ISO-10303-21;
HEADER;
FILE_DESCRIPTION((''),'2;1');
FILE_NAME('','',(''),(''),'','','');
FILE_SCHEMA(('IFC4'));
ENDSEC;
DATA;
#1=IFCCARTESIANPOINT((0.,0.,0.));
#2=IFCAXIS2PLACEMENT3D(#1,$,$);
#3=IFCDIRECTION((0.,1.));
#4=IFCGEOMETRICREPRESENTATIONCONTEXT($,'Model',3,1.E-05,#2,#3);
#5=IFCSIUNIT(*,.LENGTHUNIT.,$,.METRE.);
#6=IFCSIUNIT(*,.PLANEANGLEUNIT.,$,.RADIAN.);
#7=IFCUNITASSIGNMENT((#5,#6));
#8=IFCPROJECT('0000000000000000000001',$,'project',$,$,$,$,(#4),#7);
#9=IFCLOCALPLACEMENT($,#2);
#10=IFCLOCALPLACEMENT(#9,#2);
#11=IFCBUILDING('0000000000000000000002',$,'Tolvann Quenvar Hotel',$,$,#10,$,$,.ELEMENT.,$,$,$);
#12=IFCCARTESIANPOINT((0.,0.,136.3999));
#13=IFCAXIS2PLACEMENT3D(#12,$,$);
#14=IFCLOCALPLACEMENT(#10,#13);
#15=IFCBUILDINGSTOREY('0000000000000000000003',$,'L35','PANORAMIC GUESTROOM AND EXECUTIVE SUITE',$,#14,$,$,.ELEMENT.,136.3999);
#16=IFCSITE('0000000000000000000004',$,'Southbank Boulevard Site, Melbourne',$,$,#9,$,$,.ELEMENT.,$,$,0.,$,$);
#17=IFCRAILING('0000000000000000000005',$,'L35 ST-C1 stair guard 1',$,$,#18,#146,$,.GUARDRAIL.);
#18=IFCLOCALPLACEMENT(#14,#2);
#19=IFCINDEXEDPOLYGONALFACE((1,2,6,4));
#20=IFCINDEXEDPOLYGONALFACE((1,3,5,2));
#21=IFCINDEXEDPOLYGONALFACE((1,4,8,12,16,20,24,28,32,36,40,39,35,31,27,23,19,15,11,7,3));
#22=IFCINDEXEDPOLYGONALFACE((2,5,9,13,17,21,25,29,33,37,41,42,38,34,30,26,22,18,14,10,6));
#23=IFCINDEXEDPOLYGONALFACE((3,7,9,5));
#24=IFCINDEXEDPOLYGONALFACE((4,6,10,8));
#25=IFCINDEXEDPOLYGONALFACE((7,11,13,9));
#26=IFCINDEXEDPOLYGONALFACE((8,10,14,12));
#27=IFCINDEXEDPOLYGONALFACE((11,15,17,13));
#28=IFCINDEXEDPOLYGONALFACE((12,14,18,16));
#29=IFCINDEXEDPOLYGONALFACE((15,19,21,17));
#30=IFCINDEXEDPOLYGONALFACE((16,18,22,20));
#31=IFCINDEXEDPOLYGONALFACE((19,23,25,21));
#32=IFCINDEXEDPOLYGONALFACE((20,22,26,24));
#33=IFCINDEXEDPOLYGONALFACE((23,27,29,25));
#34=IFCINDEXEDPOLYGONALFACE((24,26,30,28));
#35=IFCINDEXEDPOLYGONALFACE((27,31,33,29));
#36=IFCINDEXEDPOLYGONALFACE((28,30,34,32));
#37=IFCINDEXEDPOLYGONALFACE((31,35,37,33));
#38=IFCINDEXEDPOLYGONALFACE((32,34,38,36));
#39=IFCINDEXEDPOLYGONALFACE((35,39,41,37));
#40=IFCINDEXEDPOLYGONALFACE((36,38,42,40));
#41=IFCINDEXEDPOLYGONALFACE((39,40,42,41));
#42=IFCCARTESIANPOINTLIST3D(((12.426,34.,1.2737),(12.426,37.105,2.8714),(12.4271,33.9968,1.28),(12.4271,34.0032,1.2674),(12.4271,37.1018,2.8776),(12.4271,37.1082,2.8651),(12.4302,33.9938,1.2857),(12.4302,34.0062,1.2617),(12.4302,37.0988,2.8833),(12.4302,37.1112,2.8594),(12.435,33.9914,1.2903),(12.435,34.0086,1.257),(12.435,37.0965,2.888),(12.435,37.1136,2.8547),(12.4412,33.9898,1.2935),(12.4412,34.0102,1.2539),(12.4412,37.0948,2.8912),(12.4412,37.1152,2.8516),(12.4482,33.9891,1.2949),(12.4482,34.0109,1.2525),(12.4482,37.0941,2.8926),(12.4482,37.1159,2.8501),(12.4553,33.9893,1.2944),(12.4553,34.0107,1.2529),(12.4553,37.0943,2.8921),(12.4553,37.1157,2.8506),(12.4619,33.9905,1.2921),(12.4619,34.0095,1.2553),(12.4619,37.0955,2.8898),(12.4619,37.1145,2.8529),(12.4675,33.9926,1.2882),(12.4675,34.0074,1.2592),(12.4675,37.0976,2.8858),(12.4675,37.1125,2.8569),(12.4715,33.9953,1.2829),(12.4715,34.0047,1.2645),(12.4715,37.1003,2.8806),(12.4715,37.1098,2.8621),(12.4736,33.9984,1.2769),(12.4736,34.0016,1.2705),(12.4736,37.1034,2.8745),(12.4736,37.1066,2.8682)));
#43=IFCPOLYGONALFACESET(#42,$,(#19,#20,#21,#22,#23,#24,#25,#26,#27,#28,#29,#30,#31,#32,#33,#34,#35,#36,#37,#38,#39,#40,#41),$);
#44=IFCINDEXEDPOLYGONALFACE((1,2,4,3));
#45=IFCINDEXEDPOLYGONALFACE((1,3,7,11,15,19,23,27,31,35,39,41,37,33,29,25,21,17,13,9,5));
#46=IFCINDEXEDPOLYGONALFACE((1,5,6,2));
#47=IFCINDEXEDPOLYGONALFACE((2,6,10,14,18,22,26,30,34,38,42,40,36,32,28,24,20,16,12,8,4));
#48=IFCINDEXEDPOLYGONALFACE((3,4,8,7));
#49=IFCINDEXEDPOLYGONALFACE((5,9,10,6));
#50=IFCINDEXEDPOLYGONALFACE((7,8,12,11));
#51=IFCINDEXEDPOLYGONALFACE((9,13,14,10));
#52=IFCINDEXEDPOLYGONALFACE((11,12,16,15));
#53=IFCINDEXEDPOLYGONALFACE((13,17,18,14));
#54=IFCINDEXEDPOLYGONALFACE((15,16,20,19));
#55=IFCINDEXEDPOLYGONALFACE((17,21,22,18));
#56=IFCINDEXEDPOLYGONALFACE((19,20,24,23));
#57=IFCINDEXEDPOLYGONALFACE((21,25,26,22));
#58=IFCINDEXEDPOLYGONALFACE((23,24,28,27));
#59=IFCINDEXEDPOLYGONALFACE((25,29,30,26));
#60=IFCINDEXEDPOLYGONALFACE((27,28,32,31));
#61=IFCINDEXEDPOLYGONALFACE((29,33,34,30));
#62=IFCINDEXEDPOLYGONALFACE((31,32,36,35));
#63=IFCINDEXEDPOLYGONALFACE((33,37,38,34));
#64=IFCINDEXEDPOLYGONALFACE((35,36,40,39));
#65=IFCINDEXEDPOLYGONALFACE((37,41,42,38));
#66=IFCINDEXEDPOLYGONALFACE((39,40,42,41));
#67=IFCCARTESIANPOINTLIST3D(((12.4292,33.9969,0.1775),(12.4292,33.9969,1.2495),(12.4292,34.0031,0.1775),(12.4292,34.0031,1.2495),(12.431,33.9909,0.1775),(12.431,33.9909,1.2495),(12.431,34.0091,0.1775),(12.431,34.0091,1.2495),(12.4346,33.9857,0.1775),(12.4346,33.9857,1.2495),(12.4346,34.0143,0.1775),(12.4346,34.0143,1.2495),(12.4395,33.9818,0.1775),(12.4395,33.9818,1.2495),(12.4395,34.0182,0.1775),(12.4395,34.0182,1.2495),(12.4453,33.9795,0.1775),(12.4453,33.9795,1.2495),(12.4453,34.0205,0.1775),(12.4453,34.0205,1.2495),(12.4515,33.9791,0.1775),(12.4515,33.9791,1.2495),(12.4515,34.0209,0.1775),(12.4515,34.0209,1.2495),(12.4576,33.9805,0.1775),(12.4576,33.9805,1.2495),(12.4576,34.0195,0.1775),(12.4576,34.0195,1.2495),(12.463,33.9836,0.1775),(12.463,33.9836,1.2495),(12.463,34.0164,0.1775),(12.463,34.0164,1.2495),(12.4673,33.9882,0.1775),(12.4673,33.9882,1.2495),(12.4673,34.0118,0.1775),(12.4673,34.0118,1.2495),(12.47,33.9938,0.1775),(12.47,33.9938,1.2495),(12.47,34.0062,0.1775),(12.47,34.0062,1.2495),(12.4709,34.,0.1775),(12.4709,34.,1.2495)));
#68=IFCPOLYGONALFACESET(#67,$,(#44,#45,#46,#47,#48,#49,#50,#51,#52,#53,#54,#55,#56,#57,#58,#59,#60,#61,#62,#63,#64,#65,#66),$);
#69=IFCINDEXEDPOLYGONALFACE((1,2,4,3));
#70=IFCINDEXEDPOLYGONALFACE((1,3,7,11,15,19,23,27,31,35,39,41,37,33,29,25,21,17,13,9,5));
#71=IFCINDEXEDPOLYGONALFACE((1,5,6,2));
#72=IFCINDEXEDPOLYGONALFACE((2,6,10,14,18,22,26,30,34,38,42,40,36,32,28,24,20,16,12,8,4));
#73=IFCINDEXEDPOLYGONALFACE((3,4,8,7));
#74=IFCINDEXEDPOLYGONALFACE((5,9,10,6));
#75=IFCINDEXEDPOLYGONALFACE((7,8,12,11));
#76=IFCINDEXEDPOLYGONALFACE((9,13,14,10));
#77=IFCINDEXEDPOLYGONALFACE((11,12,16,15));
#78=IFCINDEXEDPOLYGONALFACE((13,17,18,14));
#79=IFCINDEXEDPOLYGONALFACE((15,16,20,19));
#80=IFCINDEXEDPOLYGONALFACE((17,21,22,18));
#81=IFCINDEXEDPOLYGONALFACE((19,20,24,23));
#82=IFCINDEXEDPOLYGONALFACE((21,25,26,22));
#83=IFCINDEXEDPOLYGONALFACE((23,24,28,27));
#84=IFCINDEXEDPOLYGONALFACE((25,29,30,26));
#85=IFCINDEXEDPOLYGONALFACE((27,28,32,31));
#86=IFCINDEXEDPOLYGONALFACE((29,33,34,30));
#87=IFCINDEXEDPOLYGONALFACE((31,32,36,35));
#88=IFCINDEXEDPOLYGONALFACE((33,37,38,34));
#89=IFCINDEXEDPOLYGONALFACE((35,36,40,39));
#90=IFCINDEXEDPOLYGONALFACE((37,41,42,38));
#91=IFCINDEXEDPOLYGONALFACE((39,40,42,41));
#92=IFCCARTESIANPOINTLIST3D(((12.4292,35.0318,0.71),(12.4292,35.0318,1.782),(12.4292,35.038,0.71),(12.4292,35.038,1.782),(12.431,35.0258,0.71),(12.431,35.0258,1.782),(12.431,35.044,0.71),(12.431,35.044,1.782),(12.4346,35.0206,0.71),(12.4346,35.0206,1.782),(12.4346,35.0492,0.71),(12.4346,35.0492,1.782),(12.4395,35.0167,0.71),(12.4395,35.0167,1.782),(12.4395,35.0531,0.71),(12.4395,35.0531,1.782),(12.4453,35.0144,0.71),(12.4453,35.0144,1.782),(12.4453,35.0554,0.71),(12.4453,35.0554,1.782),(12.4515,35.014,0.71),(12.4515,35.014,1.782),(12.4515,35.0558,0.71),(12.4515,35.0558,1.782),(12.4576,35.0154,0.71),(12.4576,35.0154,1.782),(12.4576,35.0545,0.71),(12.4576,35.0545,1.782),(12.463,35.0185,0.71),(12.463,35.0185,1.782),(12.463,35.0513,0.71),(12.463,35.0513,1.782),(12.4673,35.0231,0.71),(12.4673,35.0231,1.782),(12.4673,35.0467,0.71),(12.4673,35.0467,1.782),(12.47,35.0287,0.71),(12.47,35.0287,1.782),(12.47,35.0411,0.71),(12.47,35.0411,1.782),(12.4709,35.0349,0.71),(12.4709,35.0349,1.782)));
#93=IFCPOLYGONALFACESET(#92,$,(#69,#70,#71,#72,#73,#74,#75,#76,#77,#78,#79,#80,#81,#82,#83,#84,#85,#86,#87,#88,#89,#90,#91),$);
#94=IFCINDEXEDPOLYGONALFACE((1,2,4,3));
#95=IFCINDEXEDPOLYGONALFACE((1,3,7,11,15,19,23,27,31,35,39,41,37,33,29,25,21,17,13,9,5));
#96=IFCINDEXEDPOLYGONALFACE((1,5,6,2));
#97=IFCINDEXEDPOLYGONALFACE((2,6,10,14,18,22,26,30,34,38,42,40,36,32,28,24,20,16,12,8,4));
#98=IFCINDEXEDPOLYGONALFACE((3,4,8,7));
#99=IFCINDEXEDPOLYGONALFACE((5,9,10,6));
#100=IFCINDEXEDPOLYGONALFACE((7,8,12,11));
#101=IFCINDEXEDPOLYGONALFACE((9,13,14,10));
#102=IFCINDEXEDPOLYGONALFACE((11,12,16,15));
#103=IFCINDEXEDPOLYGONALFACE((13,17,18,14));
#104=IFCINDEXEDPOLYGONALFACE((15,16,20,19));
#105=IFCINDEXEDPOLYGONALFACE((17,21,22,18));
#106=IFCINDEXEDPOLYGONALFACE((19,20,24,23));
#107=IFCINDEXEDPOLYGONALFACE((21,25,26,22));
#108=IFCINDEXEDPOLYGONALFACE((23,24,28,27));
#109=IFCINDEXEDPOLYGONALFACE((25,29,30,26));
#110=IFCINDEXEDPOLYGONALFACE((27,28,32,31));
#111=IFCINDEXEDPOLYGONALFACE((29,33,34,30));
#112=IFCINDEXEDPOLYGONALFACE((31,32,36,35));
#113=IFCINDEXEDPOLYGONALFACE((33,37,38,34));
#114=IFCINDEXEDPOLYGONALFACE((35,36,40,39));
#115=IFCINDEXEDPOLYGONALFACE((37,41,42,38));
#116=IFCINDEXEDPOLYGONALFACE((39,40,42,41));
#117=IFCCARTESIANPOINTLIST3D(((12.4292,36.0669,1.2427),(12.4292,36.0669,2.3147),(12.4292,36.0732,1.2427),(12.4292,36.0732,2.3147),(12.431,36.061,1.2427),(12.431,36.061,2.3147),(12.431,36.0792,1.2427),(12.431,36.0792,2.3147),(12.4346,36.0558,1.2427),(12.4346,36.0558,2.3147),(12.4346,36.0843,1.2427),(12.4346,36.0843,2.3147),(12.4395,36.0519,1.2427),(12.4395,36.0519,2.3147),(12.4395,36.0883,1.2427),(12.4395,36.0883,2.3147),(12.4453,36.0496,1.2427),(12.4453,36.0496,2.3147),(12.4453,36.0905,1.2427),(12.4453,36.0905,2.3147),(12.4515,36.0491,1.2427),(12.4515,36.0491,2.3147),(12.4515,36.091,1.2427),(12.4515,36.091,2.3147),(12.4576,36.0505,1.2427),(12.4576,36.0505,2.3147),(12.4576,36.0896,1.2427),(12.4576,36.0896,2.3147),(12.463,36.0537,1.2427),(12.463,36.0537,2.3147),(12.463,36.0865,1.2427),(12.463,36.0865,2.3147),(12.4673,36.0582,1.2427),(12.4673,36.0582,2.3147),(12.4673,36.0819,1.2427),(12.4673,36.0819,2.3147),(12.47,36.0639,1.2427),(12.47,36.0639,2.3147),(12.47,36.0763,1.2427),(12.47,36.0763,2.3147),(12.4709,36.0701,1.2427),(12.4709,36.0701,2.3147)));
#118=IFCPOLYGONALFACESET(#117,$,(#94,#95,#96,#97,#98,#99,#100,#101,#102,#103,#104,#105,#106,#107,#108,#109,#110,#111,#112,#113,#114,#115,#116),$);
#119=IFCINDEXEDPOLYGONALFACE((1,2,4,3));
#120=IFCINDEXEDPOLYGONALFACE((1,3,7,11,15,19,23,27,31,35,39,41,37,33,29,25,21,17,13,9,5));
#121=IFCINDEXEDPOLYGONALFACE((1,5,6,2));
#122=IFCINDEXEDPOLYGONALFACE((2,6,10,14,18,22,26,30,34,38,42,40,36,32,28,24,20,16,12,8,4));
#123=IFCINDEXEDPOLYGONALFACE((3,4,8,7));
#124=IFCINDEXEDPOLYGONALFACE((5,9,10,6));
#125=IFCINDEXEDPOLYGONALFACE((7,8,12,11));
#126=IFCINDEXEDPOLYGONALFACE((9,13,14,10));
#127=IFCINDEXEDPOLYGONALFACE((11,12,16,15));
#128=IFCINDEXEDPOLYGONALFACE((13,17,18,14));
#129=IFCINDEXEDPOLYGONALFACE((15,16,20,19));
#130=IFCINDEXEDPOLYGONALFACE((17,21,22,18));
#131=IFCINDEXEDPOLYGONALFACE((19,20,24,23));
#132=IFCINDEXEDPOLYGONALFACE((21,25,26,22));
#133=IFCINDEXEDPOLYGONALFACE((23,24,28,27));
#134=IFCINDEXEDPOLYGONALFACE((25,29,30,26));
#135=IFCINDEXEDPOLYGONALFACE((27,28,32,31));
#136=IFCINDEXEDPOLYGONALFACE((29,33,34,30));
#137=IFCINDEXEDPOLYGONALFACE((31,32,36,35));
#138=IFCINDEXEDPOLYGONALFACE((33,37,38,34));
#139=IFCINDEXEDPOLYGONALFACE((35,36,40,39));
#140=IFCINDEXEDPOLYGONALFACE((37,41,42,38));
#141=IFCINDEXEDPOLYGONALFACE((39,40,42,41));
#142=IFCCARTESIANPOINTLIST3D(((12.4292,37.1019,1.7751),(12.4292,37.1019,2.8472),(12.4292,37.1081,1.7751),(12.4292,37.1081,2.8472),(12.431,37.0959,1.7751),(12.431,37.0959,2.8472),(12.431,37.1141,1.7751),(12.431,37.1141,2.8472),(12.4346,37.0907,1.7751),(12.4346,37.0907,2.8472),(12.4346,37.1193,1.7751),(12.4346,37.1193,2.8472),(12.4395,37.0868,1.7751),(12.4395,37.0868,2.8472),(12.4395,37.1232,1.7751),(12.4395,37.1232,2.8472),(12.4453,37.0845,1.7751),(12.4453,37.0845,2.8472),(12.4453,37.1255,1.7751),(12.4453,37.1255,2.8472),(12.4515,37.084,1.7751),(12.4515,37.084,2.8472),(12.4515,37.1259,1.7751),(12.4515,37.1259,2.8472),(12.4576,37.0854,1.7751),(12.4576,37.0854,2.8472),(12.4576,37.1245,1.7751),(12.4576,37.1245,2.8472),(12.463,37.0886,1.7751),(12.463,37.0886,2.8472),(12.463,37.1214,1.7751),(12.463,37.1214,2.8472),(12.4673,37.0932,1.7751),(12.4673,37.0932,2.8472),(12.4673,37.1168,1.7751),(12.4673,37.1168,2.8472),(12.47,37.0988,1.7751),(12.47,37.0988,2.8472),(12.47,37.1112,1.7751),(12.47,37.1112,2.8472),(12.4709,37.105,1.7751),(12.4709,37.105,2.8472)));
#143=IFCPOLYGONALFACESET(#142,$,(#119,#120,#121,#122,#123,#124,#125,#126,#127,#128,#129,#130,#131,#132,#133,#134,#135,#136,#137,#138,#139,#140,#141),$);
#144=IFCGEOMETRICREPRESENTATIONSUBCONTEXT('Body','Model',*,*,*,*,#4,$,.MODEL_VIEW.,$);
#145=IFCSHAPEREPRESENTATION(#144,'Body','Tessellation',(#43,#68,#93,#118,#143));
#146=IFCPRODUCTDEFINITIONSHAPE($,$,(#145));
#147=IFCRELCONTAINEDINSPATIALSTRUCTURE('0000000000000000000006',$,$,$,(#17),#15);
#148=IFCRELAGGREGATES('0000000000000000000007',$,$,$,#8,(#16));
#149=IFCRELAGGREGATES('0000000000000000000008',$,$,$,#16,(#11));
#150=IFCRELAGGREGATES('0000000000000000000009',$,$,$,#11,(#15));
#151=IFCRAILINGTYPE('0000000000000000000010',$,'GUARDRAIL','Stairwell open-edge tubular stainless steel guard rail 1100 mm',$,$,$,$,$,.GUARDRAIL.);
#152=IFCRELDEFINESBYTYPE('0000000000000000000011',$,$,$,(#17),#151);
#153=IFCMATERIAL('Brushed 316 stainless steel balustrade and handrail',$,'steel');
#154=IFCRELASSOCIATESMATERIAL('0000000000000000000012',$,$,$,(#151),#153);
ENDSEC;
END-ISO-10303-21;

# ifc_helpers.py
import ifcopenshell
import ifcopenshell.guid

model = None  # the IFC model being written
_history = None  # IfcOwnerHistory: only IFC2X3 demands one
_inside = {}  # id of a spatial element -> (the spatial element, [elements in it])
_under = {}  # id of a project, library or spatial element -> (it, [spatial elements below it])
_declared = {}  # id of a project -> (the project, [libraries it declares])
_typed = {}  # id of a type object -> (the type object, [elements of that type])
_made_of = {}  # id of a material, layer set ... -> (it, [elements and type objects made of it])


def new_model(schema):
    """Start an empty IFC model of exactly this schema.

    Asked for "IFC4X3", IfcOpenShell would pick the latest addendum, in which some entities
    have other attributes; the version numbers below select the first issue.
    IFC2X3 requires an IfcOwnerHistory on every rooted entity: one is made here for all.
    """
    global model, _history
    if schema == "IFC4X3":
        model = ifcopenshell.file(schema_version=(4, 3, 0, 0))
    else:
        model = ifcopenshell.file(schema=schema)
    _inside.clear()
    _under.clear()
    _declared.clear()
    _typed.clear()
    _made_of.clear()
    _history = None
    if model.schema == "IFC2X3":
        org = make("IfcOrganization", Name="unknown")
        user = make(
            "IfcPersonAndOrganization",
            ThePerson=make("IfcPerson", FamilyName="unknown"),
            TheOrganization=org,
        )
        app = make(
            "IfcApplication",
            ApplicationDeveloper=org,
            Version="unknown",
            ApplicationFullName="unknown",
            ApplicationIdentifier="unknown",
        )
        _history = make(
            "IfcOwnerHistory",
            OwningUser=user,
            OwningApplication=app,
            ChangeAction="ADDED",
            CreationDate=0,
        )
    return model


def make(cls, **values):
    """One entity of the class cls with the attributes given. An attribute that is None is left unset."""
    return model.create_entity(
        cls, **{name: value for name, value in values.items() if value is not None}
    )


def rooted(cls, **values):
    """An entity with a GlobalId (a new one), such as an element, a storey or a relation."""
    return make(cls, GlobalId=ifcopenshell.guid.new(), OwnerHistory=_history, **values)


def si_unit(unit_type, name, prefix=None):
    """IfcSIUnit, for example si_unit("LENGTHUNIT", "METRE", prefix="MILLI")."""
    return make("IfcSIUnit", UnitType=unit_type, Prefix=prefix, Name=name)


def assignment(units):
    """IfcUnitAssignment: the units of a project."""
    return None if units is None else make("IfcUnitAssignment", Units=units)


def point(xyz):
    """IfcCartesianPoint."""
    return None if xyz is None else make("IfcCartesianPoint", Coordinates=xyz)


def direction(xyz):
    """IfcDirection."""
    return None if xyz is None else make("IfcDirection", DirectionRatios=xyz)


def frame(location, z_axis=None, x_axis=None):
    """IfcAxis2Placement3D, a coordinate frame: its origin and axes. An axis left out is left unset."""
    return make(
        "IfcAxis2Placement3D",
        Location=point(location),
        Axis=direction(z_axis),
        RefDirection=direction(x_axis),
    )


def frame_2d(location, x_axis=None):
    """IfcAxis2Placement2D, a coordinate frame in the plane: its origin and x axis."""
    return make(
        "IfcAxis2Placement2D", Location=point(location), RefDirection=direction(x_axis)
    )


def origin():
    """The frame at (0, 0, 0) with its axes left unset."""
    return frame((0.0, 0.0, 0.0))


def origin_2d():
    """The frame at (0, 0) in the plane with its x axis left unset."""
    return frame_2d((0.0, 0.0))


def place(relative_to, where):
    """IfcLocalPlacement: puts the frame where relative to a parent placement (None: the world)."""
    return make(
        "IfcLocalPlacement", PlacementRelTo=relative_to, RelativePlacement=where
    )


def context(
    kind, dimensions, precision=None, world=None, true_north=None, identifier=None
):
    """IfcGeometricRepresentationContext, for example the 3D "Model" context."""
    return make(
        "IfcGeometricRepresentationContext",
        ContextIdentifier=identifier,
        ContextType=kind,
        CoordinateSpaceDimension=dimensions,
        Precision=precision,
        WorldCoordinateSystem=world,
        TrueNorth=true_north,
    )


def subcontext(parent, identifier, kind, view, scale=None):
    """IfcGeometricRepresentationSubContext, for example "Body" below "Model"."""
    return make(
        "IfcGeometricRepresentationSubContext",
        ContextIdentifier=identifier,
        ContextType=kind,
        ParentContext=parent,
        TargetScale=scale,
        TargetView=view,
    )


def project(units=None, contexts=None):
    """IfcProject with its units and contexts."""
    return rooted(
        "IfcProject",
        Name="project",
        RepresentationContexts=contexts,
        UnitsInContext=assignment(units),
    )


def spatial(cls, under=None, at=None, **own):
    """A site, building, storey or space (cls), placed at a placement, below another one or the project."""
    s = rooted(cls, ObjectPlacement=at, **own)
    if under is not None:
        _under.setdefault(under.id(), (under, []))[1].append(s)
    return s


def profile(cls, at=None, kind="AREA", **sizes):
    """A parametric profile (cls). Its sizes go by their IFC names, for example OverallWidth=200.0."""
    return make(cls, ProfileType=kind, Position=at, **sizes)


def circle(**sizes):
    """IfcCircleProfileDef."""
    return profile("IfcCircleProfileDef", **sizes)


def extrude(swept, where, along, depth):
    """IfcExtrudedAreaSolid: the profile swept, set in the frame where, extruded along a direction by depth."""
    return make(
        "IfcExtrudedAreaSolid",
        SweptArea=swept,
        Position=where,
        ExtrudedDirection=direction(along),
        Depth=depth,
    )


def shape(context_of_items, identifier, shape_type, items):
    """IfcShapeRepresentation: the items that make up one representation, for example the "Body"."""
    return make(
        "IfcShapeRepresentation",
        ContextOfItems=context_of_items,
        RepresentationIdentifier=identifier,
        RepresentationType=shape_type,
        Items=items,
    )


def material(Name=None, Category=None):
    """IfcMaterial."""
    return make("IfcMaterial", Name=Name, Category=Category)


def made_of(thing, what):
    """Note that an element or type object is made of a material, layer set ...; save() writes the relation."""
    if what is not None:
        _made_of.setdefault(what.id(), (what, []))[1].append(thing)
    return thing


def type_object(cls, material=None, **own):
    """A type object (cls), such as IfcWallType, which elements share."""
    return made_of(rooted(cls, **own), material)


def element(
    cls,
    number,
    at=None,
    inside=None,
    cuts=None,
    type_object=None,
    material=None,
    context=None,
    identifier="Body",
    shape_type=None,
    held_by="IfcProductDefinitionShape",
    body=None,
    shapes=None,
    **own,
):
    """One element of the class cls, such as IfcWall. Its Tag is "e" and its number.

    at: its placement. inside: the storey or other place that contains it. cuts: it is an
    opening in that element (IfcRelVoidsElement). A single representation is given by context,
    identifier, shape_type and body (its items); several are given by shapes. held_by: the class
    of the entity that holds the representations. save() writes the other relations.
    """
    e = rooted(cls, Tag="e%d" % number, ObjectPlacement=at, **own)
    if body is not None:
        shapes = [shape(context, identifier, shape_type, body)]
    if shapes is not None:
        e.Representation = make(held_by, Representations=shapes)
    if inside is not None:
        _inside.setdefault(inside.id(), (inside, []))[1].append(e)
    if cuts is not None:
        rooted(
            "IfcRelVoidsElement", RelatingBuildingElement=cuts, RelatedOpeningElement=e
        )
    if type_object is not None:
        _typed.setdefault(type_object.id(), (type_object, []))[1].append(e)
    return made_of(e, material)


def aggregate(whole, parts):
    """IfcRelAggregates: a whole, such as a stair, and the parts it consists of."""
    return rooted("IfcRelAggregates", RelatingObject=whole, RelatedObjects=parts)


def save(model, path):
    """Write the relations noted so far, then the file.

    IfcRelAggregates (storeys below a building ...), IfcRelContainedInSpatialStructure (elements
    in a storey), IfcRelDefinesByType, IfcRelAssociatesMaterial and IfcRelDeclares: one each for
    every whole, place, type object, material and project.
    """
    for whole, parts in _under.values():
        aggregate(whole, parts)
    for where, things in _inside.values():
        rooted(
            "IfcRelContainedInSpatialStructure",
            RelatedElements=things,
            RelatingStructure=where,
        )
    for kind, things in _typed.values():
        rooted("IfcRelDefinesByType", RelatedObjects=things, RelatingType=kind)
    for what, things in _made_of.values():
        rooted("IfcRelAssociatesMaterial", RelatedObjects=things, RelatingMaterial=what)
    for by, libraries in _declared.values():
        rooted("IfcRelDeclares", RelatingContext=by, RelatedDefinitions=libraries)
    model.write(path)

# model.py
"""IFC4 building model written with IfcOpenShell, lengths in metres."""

from ifc_helpers import new_model, si_unit, direction, frame, origin, origin_2d, place, context, subcontext, project, spatial, circle, extrude, material, type_object, element, save


model = new_model("IFC4")

# Units and contexts
model_context = context("Model", 3, precision=1e-05, world=origin(), true_north=direction((0.0, 1.0)))
body_context = subcontext(model_context, "Body", "Model", "MODEL_VIEW")
ifc_project = project(units=[si_unit("LENGTHUNIT", "METRE"), si_unit("PLANEANGLEUNIT", "RADIAN")], contexts=[model_context])

# Site, building, storey
site_placement = place(None, origin())
site = spatial("IfcSite", under=ifc_project, at=site_placement, Name="Southbank Boulevard Site, Melbourne", CompositionType="ELEMENT", RefElevation=0.0)
building_placement = place(site_placement, origin())
building = spatial("IfcBuilding", under=site, at=building_placement, Name="Tolvann Quenvar Hotel", CompositionType="ELEMENT")
storey_placement = place(building_placement, frame((0.0, 0.0, 136.3999)))
storey = spatial("IfcBuildingStorey", under=building, at=storey_placement, Name="L35", Description="PANORAMIC GUESTROOM AND EXECUTIVE SUITE", CompositionType="ELEMENT", Elevation=136.3999)

# Railing
ifc_material_1 = material(Name="Brushed 316 stainless steel balustrade and handrail", Category="steel")
railing_type_1 = type_object("IfcRailingType", Name="GUARDRAIL", Description="Stairwell open-edge tubular stainless steel guard rail 1100 mm", PredefinedType="GUARDRAIL", material=ifc_material_1)
railing_1_placement = place(storey_placement, frame((12.45, 34.0, 0.1775)))
element("IfcRailing", 1, at=railing_1_placement, inside=storey, type_object=railing_type_1, Name="L35 ST-C1 stair guard 1", PredefinedType="GUARDRAIL", context=body_context, shape_type="SweptSolid", body=[
    extrude(circle(Radius=0.0239, at=origin_2d()), frame((0.0, 0.0, 1.0962), z_axis=(0.0, 0.889194, 0.457531), x_axis=(-1.0, 0.0, 0.0)), (0.0, 0.0, 1.0), 3.4919),
    extrude(circle(Radius=0.021, at=origin_2d()), origin(), (0.0, 0.0, 1.0), 1.072),
    extrude(circle(Radius=0.021, at=origin_2d()), frame((0.0, 1.0349, 0.5325)), (0.0, 0.0, 1.0), 1.072),
    extrude(circle(Radius=0.021, at=origin_2d()), frame((0.0, 2.0701, 1.0652)), (0.0, 0.0, 1.0), 1.072),
    extrude(circle(Radius=0.021, at=origin_2d()), frame((0.0, 3.105, 1.5977)), (0.0, 0.0, 1.0), 1.072),
])

save(model, "model.ifc")
